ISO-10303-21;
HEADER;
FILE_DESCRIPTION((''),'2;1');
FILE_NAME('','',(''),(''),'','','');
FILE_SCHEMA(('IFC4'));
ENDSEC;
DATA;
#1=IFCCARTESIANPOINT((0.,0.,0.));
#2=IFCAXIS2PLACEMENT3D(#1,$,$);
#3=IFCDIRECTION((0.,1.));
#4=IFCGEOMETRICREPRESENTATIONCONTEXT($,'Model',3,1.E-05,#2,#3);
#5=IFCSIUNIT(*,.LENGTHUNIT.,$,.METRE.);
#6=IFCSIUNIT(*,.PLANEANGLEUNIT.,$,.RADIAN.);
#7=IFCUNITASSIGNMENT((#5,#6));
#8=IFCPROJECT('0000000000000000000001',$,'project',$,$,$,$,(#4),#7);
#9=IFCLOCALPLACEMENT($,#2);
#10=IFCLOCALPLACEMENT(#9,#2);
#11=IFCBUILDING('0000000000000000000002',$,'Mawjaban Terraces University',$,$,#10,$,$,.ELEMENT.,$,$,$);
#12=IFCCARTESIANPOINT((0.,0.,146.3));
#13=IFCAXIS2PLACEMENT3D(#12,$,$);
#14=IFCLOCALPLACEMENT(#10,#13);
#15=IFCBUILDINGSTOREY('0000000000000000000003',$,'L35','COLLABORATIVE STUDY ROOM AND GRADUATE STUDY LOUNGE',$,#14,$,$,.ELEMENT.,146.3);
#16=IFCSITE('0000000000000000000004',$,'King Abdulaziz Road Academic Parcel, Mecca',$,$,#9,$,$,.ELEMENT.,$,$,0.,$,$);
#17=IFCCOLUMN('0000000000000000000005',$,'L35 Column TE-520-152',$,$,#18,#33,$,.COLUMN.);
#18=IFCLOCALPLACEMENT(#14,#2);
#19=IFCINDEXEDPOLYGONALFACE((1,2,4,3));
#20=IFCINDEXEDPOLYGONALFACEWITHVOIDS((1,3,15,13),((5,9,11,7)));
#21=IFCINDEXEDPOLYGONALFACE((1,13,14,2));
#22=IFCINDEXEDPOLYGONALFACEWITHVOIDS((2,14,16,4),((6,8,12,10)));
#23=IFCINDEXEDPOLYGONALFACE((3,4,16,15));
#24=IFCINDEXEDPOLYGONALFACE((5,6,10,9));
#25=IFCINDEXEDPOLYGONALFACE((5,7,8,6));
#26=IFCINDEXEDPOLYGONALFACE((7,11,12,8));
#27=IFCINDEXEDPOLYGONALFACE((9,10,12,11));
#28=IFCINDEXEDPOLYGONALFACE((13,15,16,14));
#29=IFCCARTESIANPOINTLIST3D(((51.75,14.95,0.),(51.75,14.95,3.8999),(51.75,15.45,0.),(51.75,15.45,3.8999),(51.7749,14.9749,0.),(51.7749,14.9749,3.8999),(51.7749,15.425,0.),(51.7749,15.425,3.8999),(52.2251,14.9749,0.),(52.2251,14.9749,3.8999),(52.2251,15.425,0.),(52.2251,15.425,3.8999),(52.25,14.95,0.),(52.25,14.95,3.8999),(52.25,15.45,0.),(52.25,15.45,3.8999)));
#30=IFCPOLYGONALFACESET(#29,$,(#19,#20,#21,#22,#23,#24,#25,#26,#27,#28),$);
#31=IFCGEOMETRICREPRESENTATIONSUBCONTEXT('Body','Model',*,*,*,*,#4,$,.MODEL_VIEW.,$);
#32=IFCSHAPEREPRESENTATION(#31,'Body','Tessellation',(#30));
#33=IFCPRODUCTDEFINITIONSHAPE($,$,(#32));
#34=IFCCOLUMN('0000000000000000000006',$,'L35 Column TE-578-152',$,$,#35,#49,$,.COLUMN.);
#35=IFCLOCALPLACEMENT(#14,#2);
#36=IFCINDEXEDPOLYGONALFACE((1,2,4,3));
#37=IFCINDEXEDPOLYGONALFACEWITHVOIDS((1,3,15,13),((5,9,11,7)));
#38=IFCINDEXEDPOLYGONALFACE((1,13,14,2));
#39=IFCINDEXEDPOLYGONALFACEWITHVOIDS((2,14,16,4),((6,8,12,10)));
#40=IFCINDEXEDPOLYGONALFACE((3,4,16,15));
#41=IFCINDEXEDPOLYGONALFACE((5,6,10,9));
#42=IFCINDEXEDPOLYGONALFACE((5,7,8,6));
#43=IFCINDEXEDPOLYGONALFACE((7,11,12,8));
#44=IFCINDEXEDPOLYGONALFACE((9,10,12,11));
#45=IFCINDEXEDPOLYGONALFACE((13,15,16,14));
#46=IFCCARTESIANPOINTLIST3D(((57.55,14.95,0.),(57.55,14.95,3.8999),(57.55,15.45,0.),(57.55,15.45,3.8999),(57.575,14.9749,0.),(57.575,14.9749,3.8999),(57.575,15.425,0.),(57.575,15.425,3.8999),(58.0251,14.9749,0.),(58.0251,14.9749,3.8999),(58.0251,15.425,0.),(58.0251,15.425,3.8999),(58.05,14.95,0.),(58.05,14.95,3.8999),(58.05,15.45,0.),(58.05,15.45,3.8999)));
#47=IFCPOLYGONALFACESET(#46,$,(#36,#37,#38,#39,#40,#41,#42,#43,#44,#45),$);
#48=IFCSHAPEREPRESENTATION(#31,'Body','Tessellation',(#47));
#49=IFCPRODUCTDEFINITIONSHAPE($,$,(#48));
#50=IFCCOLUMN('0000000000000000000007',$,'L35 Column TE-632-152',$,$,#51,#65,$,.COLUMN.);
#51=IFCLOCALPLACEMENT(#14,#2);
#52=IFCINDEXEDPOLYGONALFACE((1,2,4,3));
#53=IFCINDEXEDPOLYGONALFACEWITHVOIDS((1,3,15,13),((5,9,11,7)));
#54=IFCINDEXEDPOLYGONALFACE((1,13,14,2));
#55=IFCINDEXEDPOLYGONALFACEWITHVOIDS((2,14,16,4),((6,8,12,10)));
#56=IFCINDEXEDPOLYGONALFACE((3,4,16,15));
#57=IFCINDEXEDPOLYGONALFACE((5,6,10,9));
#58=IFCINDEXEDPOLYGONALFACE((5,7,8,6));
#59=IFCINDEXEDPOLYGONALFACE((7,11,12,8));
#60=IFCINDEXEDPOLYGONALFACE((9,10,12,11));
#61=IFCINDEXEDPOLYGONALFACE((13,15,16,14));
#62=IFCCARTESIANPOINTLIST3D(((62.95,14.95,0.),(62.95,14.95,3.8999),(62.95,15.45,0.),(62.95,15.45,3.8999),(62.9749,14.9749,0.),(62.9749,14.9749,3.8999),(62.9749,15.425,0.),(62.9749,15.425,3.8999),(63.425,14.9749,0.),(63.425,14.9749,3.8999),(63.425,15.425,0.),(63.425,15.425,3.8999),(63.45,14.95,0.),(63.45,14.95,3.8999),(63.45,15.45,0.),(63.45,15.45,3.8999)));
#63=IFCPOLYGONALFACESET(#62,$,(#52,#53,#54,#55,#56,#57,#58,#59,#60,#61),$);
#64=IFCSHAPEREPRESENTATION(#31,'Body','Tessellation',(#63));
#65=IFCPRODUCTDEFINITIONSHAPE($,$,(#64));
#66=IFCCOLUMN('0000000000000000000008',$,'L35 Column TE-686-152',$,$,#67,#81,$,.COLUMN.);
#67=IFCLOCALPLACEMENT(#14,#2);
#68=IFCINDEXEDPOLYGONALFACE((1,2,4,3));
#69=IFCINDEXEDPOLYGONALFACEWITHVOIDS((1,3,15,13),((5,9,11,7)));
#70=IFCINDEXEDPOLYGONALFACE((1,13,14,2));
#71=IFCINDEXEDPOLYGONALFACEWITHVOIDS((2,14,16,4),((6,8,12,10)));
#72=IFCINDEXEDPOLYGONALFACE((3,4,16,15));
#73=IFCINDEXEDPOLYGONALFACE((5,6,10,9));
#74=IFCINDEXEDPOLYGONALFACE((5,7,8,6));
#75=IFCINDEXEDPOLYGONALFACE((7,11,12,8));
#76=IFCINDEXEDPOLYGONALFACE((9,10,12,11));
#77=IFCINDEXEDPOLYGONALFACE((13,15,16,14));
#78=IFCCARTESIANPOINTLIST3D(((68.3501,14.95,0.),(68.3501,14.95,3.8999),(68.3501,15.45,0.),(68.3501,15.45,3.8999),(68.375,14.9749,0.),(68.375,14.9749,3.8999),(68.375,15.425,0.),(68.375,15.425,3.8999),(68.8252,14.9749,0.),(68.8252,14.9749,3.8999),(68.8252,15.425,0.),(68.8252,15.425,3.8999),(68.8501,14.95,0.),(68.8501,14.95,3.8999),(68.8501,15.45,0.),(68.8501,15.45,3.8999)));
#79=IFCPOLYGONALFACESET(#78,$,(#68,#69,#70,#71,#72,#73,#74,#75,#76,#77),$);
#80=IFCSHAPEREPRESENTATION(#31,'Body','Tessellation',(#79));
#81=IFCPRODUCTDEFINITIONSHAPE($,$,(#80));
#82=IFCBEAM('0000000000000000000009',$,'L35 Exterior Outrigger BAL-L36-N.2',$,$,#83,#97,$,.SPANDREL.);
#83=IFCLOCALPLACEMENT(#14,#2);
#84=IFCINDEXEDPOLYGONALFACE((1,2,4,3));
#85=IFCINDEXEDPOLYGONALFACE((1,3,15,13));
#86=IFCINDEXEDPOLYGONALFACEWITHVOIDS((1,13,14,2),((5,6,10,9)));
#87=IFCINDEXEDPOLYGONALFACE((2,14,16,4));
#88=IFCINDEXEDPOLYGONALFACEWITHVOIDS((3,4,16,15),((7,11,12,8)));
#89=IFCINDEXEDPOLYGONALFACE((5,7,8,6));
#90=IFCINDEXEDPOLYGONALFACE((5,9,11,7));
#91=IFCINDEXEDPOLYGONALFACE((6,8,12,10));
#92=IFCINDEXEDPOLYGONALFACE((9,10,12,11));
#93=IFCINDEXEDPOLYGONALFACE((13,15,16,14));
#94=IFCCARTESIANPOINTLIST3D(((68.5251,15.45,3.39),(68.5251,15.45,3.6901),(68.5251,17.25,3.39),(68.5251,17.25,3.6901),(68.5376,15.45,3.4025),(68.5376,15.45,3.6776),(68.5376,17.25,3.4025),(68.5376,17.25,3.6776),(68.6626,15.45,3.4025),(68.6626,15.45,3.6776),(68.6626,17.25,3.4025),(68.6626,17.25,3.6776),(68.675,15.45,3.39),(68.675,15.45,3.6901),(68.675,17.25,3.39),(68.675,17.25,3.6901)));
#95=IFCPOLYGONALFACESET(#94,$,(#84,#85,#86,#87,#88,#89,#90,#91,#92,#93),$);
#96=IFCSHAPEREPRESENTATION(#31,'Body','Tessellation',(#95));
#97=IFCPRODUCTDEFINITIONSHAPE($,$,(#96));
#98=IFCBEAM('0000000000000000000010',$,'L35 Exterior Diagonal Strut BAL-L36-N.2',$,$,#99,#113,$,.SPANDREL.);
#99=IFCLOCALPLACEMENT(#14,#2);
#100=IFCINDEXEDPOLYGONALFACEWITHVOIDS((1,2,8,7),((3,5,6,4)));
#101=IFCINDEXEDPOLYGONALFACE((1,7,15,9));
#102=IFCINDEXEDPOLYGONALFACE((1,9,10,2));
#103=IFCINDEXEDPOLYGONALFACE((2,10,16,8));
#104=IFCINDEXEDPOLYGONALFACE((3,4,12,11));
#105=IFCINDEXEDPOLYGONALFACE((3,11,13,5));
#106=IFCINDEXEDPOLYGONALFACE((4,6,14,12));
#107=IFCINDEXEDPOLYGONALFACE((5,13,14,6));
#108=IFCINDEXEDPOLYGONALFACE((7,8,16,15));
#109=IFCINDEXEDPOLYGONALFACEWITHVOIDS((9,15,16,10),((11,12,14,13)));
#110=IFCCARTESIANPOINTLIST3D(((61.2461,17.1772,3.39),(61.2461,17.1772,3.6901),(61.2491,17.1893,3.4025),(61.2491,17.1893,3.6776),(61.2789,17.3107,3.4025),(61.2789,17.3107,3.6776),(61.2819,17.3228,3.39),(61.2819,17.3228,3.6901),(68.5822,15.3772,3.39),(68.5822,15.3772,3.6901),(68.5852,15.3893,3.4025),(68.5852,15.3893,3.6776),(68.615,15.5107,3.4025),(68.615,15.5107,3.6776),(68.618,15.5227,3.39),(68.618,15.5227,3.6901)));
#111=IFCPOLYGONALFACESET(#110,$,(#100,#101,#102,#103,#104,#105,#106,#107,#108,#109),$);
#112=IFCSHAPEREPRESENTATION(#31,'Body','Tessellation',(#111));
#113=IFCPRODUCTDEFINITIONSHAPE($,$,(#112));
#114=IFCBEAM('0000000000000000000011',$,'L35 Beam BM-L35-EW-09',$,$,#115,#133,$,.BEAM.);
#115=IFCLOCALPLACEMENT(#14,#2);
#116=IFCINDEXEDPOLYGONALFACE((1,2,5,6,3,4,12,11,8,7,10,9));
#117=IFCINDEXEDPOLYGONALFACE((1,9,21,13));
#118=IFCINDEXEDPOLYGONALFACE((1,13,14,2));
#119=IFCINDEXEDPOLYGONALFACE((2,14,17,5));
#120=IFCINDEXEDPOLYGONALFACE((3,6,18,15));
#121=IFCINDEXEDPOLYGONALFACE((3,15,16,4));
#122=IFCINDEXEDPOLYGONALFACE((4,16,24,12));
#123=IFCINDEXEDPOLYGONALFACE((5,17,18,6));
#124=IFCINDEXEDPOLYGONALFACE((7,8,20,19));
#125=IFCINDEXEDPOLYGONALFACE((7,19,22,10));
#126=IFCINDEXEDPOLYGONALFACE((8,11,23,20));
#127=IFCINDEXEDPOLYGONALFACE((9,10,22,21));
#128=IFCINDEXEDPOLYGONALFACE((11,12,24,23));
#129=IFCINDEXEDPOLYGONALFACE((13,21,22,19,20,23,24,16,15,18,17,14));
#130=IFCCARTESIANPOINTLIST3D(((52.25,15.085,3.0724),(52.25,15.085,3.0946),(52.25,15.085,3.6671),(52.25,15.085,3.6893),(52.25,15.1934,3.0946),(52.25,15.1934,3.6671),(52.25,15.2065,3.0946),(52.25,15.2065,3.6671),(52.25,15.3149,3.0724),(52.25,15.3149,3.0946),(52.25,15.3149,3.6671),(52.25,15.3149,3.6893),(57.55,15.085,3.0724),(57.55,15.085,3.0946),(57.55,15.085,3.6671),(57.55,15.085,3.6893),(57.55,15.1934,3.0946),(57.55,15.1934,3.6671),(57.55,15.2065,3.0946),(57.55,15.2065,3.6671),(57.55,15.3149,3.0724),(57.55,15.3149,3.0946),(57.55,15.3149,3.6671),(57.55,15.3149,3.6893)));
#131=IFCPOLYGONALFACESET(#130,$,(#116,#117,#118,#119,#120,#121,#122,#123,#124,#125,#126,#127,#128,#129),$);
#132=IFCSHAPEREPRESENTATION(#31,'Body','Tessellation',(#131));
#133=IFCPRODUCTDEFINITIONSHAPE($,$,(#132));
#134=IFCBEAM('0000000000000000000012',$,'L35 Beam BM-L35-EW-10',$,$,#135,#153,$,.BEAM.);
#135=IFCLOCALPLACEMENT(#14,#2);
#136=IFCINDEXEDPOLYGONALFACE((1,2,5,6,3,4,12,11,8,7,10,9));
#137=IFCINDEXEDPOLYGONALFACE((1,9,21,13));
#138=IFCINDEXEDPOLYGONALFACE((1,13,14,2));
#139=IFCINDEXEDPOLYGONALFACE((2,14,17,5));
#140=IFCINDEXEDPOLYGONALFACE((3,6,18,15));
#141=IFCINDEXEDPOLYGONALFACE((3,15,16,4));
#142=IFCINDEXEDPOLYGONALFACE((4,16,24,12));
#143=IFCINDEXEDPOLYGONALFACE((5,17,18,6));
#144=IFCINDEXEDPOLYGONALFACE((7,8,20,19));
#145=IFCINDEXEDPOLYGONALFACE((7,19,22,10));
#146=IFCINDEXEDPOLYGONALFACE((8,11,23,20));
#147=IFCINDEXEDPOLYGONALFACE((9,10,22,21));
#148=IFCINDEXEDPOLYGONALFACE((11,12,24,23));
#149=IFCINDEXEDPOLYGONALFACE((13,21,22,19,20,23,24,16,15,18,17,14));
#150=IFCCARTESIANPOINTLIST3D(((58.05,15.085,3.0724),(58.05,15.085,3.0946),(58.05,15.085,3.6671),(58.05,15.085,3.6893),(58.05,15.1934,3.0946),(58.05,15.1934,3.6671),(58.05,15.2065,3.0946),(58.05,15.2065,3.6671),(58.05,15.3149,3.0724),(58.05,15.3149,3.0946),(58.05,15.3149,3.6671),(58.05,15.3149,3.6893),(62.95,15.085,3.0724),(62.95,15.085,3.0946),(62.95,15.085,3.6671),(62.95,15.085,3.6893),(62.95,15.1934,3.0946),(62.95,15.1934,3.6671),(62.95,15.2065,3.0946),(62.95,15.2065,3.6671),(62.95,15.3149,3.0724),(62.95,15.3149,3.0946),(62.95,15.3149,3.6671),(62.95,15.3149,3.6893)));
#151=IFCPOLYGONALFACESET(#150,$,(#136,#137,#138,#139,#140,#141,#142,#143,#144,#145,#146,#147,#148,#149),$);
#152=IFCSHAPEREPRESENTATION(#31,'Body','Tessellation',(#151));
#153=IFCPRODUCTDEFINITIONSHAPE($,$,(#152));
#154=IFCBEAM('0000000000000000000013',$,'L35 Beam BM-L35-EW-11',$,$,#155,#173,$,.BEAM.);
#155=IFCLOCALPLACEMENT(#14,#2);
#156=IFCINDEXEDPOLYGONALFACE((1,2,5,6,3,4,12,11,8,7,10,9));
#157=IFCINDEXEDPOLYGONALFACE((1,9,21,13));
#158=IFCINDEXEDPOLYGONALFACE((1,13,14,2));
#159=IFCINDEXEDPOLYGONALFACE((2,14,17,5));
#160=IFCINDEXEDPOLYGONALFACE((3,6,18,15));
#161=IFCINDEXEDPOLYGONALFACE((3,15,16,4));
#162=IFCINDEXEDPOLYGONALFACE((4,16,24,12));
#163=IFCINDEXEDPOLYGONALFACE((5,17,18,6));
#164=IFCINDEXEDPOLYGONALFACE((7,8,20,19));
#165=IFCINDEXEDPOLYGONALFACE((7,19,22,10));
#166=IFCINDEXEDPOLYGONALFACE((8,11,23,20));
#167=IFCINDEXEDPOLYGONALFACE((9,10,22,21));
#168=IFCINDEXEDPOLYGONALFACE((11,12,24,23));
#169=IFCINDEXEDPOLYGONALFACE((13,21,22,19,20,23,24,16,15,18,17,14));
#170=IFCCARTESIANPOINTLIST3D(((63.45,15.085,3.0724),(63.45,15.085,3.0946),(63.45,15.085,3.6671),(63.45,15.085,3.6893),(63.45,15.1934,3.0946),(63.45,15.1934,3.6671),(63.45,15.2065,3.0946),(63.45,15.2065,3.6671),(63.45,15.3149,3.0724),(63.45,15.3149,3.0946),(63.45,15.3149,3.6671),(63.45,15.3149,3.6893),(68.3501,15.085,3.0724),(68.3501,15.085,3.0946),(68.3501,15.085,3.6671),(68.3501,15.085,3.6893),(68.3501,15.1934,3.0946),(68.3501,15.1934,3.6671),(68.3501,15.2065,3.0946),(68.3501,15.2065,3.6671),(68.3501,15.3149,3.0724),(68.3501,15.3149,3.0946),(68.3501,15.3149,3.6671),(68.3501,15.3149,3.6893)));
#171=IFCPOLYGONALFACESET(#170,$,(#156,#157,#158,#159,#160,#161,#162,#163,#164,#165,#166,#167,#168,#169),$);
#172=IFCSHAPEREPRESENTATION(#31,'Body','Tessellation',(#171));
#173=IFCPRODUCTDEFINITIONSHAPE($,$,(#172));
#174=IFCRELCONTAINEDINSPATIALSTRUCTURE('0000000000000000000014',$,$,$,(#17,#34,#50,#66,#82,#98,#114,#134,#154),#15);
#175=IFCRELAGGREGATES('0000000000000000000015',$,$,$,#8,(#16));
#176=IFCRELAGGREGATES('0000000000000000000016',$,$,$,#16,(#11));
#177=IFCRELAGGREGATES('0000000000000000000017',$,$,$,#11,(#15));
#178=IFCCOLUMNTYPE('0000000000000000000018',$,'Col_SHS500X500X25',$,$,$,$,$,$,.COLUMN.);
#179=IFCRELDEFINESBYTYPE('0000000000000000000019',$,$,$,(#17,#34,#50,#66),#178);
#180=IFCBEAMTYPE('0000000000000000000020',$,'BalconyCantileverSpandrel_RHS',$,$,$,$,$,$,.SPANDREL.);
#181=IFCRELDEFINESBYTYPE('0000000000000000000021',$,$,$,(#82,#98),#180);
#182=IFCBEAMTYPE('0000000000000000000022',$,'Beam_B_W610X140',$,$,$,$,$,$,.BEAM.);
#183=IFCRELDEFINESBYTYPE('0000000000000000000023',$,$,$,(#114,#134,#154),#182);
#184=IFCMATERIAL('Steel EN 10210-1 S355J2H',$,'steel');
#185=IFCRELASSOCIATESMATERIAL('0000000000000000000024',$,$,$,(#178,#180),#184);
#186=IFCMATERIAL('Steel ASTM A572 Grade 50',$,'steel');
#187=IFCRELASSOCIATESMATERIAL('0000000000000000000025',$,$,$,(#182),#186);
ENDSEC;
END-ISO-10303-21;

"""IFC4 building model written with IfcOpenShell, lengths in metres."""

from ifc_helpers import new_model, si_unit, direction, frame, origin, origin_2d, place, context, subcontext, project, spatial, hollow_rectangle, i_section, extrude, material, material_profile, profile_set, type_object, element, save


model = new_model("IFC4")

# Units and contexts
model_context = context("Model", 3, precision=1e-05, world=origin(), true_north=direction((0.0, 1.0)))
body_context = subcontext(model_context, "Body", "Model", "MODEL_VIEW")
ifc_project = project(units=[si_unit("LENGTHUNIT", "METRE"), si_unit("PLANEANGLEUNIT", "RADIAN")], contexts=[model_context])

# Site, building, storey
site_placement = place(None, origin())
site = spatial("IfcSite", under=ifc_project, at=site_placement, Name="King Abdulaziz Road Academic Parcel, Mecca", CompositionType="ELEMENT", RefElevation=0.0)
building_placement = place(site_placement, origin())
building = spatial("IfcBuilding", under=site, at=building_placement, Name="Mawjaban Terraces University", CompositionType="ELEMENT")
storey_placement = place(building_placement, frame((0.0, 0.0, 146.3)))
storey = spatial("IfcBuildingStorey", under=building, at=storey_placement, Name="L35", Description="COLLABORATIVE STUDY ROOM AND GRADUATE STUDY LOUNGE", CompositionType="ELEMENT", Elevation=146.3)

# Columns
ifc_material_1 = material(Name="Steel EN 10210-1 S355J2H", Category="steel")
ifc_material_profile_1 = material_profile(ifc_material_1, hollow_rectangle(XDim=0.5, YDim=0.5, WallThickness=0.0249, at=origin_2d()), Name="SHS500X500X25")
ifc_profile_set_1 = profile_set([ifc_material_profile_1], Name="Steel EN 10210-1 S355J2H")
column_type = type_object("IfcColumnType", Name="Col_SHS500X500X25", PredefinedType="COLUMN", material=ifc_profile_set_1)
for number, where, z_axis, x_axis, name in (
    (1, (52.0, 15.2, 0.0), (0.0, 0.0, 1.0), (1.0, 0.0, 0.0), "L35 Column TE-520-152"),
    (2, (57.8, 15.2, 0.0), (0.0, 0.0, 1.0), (1.0, 0.0, 0.0), "L35 Column TE-578-152"),
    (3, (63.2, 15.2, 0.0), (0.0, 0.0, 1.0), (1.0, 0.0, 0.0), "L35 Column TE-632-152"),
    (4, (68.6001, 15.2, 0.0), (0.0, 0.0, 1.0), (1.0, 0.0, 0.0), "L35 Column TE-686-152"),
):
    element("IfcColumn", number, at=place(storey_placement, frame(where, z_axis=z_axis, x_axis=x_axis)), inside=storey, type_object=column_type, Name=name, PredefinedType="COLUMN", context=body_context, shape_type="SweptSolid", body=[
        extrude(hollow_rectangle(XDim=0.5, YDim=0.5, WallThickness=0.0249, at=origin_2d()), origin(), (0.0, 0.0, 1.0), 3.8999),
    ])

# Beams
ifc_material_profile_2 = material_profile(ifc_material_1, hollow_rectangle(XDim=0.1499, YDim=0.3, WallThickness=0.0125, at=origin_2d()), Name="RHS300X150X12.5")
ifc_profile_set_2 = profile_set([ifc_material_profile_2], Name="Steel EN 10210-1 S355J2H")
beam_type_1 = type_object("IfcBeamType", Name="BalconyCantileverSpandrel_RHS", PredefinedType="SPANDREL", material=ifc_profile_set_2)
beam_1_placement = place(storey_placement, frame((68.6001, 15.45, 3.54), z_axis=(0.0, 1.0, 0.0), x_axis=(-1.0, 0.0, 0.0)))
element("IfcBeam", 5, at=beam_1_placement, inside=storey, type_object=beam_type_1, Name="L35 Exterior Outrigger BAL-L36-N.2", PredefinedType="SPANDREL", context=body_context, shape_type="SweptSolid", body=[
    extrude(hollow_rectangle(XDim=0.1499, YDim=0.3, WallThickness=0.0125, at=origin_2d()), origin(), (0.0, 0.0, 1.0), 1.8),
])
beam_2_placement = place(storey_placement, frame((68.6001, 15.45, 3.54), z_axis=(-0.971192, 0.238297, 0.0), x_axis=(-0.238297, -0.971192, 0.0)))
element("IfcBeam", 6, at=beam_2_placement, inside=storey, type_object=beam_type_1, Name="L35 Exterior Diagonal Strut BAL-L36-N.2", PredefinedType="SPANDREL", context=body_context, shape_type="SweptSolid", body=[
    extrude(hollow_rectangle(XDim=0.1499, YDim=0.3, WallThickness=0.0125, at=origin_2d()), origin(), (0.0, 0.0, 1.0), 7.5537),
])
ifc_material_2 = material(Name="Steel ASTM A572 Grade 50", Category="steel")
ifc_material_profile_3 = material_profile(ifc_material_2, i_section(OverallWidth=0.23, OverallDepth=0.6169, WebThickness=0.0132, FlangeThickness=0.0222, at=origin_2d()), Name="W610X140")
ifc_profile_set_3 = profile_set([ifc_material_profile_3], Name="Steel ASTM A572 Grade 50")
beam_type_2 = type_object("IfcBeamType", Name="Beam_B_W610X140", PredefinedType="BEAM", material=ifc_profile_set_3)
beam_3_placement = place(storey_placement, frame((52.25, 15.2, 3.3809), z_axis=(1.0, 0.0, 0.0), x_axis=(0.0, 1.0, 0.0)))
element("IfcBeam", 7, at=beam_3_placement, inside=storey, type_object=beam_type_2, Name="L35 Beam BM-L35-EW-09", PredefinedType="BEAM", context=body_context, shape_type="SweptSolid", body=[
    extrude(i_section(OverallWidth=0.23, OverallDepth=0.6169, WebThickness=0.0132, FlangeThickness=0.0222, at=origin_2d()), origin(), (0.0, 0.0, 1.0), 5.3),
])
beam_4_placement = place(storey_placement, frame((58.05, 15.2, 3.3809), z_axis=(1.0, 0.0, 0.0), x_axis=(0.0, 1.0, 0.0)))
element("IfcBeam", 8, at=beam_4_placement, inside=storey, type_object=beam_type_2, Name="L35 Beam BM-L35-EW-10", PredefinedType="BEAM", context=body_context, shape_type="SweptSolid", body=[
    extrude(i_section(OverallWidth=0.23, OverallDepth=0.6169, WebThickness=0.0132, FlangeThickness=0.0222, at=origin_2d()), origin(), (0.0, 0.0, 1.0), 4.8999),
])
beam_5_placement = place(storey_placement, frame((63.45, 15.2, 3.3809), z_axis=(1.0, 0.0, 0.0), x_axis=(0.0, 1.0, 0.0)))
element("IfcBeam", 9, at=beam_5_placement, inside=storey, type_object=beam_type_2, Name="L35 Beam BM-L35-EW-11", PredefinedType="BEAM", context=body_context, shape_type="SweptSolid", body=[
    extrude(i_section(OverallWidth=0.23, OverallDepth=0.6169, WebThickness=0.0132, FlangeThickness=0.0222, at=origin_2d()), origin(), (0.0, 0.0, 1.0), 4.9001),
])

save(model, "model.ifc")
